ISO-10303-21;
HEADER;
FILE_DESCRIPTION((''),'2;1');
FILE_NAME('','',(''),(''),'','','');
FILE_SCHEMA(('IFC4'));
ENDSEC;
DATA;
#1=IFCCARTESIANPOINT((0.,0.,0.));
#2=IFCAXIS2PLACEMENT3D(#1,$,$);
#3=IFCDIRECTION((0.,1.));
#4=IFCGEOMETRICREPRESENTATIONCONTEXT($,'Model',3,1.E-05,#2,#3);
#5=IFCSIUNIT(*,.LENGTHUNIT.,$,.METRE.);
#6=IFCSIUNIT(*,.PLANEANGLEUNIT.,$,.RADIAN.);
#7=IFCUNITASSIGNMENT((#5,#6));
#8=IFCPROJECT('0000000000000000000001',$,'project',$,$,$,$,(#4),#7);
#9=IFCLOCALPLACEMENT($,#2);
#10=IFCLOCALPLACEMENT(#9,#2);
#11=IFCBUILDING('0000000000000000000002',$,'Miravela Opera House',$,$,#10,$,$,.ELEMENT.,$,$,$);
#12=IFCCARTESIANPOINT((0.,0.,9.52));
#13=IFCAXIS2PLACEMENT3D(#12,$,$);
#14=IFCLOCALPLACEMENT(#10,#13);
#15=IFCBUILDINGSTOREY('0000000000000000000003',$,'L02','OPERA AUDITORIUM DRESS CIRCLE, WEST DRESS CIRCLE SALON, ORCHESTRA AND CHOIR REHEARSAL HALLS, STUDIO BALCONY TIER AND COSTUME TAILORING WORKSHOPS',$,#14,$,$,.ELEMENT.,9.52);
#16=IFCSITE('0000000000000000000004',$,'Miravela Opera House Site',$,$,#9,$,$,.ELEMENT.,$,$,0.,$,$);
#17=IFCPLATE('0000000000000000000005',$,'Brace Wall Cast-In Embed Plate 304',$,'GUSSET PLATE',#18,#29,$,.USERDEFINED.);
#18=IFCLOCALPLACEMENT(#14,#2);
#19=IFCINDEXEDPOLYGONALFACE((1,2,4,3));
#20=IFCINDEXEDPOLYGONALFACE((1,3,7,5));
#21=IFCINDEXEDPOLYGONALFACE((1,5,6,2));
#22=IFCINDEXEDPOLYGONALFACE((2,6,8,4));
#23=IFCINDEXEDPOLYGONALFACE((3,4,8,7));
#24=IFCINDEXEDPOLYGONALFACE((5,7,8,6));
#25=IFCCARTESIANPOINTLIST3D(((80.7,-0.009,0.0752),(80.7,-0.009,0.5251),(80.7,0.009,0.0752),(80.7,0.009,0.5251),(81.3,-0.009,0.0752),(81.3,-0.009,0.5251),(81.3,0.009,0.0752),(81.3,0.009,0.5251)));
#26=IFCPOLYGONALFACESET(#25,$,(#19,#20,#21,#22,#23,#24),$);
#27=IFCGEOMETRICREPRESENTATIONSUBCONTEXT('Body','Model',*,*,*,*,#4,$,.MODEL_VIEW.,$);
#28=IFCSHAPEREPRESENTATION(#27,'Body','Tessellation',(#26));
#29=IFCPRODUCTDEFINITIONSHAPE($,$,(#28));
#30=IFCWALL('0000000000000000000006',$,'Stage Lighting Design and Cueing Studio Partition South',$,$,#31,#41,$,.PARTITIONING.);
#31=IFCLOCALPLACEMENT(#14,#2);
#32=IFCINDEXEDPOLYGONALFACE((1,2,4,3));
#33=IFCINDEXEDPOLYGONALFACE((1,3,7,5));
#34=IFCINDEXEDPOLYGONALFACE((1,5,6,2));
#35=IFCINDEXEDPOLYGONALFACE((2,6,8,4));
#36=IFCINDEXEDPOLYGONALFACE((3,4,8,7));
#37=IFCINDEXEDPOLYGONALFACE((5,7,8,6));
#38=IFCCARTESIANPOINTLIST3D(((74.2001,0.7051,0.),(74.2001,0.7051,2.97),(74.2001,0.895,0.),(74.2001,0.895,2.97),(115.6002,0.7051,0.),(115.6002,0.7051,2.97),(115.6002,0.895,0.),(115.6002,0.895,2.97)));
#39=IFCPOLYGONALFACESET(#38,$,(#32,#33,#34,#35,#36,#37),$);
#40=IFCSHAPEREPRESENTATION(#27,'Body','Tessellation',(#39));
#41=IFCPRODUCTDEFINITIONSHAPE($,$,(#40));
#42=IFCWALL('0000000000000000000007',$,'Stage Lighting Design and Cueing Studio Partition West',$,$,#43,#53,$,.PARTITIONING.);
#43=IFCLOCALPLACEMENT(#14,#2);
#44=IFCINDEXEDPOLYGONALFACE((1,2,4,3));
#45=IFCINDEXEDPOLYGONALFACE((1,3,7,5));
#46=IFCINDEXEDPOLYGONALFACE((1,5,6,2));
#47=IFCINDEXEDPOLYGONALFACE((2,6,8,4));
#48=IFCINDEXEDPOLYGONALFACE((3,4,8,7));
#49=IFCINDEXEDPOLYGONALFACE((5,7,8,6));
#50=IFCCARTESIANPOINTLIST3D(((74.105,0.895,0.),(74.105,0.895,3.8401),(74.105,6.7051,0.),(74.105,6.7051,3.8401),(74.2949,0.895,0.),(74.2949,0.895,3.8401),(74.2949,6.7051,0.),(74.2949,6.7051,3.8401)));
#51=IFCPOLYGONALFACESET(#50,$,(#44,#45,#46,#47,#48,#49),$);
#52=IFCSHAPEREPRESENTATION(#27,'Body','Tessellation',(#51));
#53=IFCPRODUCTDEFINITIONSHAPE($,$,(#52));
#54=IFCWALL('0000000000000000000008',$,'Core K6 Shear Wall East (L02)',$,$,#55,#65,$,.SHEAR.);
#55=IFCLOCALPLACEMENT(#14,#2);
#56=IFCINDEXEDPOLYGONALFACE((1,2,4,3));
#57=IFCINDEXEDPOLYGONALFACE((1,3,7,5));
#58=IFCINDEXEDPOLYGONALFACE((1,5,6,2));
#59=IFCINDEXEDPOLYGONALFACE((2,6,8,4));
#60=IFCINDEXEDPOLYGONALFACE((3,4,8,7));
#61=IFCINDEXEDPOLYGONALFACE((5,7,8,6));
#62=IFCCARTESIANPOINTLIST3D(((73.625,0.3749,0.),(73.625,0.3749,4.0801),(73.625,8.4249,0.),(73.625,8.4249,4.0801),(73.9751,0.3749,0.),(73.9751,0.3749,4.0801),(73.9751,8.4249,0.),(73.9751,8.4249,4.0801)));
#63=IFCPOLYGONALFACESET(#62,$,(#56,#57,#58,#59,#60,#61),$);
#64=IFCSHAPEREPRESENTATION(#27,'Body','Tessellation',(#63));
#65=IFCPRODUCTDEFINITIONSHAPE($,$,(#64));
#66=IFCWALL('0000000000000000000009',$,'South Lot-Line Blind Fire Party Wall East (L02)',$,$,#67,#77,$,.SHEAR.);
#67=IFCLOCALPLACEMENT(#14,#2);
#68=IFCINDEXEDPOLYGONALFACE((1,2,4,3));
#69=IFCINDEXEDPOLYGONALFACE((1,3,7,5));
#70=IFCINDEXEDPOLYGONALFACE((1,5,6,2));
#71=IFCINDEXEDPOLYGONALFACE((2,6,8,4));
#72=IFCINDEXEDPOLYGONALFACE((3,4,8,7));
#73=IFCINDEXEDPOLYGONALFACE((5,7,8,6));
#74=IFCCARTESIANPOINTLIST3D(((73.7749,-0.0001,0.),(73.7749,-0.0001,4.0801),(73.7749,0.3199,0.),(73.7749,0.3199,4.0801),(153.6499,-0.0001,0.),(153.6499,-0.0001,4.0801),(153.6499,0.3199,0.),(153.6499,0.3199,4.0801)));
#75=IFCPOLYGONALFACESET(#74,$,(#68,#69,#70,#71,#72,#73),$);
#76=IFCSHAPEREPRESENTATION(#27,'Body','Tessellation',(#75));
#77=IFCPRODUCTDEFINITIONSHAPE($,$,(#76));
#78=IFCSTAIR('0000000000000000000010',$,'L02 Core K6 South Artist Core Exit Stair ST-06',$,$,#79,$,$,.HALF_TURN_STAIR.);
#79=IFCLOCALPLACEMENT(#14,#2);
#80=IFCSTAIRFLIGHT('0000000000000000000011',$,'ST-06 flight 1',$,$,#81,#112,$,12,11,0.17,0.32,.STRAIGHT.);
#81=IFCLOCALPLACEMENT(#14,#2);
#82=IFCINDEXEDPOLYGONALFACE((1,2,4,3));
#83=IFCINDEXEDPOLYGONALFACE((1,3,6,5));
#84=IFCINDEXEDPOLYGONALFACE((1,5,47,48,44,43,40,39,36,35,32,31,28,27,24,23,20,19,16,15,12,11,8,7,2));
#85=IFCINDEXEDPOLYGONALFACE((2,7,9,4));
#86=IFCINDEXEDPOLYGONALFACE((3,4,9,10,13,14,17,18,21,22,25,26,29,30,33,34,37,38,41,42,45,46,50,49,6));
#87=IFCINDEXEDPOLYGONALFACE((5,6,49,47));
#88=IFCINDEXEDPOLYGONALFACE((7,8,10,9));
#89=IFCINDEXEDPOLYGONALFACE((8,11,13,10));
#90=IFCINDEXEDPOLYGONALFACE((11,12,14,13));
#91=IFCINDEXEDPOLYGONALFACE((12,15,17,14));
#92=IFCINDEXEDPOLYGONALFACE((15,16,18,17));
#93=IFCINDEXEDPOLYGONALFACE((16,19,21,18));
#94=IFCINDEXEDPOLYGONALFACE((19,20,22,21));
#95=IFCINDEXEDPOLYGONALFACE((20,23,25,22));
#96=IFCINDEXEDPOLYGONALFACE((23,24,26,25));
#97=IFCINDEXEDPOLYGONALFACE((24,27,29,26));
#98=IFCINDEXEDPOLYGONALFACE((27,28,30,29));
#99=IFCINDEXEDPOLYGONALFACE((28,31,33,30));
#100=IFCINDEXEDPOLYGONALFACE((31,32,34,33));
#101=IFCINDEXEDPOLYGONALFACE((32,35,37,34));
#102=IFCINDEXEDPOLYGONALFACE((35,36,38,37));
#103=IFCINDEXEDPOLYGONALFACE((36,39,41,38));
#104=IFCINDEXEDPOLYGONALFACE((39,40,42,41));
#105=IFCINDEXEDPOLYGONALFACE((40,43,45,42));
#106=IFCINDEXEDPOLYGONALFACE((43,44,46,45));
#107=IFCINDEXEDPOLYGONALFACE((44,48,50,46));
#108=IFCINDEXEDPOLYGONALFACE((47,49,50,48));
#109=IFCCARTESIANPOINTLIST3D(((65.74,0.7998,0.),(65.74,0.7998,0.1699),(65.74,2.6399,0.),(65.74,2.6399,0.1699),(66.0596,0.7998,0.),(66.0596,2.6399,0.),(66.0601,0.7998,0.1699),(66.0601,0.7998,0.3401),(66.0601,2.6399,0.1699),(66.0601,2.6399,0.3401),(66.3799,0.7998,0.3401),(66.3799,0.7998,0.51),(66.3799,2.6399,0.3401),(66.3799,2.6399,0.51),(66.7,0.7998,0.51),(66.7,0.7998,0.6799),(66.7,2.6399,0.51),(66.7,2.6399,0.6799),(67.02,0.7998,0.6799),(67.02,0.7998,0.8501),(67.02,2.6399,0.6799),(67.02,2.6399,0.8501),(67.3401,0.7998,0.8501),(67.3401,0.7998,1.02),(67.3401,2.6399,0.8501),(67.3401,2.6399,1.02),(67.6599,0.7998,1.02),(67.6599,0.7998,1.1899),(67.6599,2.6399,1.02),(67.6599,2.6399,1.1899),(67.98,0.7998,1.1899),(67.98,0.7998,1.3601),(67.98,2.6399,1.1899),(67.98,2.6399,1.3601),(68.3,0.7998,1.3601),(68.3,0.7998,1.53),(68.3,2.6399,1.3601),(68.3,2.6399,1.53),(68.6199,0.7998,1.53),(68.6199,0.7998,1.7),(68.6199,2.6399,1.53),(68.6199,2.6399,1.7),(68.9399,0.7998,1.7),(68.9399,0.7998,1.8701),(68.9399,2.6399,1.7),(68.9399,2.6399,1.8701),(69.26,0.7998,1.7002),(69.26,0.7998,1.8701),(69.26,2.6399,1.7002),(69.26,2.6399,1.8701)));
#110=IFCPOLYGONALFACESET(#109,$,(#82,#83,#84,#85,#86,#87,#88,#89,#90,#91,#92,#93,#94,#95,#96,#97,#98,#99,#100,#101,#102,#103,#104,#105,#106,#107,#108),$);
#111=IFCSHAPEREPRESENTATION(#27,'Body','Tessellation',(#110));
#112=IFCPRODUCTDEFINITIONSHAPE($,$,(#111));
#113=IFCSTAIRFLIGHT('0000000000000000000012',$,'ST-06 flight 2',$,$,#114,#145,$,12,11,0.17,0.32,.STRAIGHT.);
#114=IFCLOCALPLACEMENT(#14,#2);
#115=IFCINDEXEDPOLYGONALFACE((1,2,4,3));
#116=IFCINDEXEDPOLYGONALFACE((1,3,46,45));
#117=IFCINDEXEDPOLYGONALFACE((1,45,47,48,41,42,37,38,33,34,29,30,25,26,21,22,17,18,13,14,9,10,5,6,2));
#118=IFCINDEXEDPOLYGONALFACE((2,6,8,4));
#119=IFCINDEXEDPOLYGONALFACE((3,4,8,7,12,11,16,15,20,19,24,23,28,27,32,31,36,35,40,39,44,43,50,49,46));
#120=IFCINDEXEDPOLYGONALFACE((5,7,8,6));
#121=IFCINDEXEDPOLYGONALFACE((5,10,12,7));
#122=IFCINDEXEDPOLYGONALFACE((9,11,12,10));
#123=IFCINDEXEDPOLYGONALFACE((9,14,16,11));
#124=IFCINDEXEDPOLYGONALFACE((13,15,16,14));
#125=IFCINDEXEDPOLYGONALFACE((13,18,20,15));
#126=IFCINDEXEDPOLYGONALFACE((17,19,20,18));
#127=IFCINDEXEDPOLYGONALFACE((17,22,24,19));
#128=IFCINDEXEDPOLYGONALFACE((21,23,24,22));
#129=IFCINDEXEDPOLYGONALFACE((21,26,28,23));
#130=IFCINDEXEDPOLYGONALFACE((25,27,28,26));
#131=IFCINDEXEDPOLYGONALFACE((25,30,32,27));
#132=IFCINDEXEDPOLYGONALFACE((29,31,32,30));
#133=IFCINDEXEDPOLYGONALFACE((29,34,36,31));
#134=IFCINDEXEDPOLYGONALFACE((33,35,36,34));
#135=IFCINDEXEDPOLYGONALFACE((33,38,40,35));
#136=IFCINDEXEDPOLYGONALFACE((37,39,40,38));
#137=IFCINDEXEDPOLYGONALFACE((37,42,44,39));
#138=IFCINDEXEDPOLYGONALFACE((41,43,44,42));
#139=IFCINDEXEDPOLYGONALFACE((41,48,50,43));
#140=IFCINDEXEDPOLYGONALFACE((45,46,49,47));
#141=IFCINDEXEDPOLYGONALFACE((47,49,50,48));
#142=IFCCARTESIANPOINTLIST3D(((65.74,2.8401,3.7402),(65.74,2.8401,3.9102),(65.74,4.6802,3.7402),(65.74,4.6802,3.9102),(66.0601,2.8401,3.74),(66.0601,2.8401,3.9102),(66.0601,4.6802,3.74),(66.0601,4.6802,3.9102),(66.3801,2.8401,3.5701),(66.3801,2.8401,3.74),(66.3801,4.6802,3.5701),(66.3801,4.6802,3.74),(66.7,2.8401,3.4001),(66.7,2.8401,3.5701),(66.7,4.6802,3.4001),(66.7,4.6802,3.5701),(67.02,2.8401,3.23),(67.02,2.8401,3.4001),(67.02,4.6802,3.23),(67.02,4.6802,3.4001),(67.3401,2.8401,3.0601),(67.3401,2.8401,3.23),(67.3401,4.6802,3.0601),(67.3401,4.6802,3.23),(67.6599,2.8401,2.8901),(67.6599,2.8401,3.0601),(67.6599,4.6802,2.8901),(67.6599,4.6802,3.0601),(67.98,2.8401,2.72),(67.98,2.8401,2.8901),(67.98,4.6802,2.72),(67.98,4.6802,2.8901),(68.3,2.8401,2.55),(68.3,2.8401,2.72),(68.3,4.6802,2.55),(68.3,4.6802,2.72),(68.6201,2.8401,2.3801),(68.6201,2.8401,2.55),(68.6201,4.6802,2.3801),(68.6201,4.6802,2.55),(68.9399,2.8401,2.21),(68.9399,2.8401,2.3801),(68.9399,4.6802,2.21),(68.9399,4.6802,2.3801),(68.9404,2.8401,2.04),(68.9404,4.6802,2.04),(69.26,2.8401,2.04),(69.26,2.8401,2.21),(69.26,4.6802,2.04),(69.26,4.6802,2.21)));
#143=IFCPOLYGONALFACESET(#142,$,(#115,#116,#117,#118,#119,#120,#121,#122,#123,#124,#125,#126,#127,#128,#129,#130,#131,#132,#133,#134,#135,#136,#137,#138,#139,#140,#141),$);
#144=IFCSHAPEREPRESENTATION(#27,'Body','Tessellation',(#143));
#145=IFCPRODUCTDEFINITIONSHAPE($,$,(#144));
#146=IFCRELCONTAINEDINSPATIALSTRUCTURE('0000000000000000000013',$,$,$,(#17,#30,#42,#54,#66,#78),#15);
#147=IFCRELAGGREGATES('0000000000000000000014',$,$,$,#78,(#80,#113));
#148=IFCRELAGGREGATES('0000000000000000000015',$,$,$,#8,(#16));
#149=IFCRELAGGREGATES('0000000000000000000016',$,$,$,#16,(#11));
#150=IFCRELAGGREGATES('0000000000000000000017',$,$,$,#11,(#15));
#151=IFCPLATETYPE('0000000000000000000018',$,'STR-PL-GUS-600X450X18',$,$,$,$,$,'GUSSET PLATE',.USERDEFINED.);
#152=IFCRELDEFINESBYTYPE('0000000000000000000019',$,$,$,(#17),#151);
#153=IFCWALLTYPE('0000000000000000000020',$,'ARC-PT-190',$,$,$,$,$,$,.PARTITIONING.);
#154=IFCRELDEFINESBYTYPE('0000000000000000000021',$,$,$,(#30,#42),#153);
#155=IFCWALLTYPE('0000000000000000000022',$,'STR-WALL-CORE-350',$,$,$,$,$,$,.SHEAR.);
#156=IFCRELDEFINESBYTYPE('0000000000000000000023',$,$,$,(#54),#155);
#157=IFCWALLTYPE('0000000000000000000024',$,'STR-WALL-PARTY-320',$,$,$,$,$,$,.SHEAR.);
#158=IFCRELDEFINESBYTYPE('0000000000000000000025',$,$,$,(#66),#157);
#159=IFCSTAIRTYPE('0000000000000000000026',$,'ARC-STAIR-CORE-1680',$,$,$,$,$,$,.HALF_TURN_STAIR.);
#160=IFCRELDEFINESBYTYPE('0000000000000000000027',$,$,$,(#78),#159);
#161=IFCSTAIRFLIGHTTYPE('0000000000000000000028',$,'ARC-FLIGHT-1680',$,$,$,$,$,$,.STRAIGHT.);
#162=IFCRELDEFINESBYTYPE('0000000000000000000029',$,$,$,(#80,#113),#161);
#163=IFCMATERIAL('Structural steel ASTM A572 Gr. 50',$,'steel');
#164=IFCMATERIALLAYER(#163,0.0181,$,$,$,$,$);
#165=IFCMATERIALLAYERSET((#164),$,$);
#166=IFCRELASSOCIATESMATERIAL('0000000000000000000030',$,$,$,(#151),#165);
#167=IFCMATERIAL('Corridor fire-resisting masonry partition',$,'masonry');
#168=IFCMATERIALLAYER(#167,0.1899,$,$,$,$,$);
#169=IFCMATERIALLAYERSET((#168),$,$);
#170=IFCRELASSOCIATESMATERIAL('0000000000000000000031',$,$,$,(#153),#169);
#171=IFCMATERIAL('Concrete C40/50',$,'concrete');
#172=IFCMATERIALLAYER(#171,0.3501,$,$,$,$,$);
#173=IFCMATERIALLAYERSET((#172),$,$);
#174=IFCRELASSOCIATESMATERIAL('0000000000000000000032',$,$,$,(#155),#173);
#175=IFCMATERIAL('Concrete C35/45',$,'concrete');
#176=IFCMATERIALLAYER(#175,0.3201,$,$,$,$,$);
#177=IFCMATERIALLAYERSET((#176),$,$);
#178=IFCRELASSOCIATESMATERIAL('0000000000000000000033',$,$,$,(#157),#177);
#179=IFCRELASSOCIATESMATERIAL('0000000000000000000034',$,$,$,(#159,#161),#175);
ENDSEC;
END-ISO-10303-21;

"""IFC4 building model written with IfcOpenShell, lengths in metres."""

from ifc_helpers import new_model, si_unit, direction, frame, frame_2d, origin, origin_2d, place, context, subcontext, project, spatial, polyline, rectangle, outline, extrude, material, layer, layer_set, type_object, element, aggregate, save


model = new_model("IFC4")

# Units and contexts
model_context = context("Model", 3, precision=1e-05, world=origin(), true_north=direction((0.0, 1.0)))
body_context = subcontext(model_context, "Body", "Model", "MODEL_VIEW")
ifc_project = project(units=[si_unit("LENGTHUNIT", "METRE"), si_unit("PLANEANGLEUNIT", "RADIAN")], contexts=[model_context])

# Site, building, storey
site_placement = place(None, origin())
site = spatial("IfcSite", under=ifc_project, at=site_placement, Name="Miravela Opera House Site", CompositionType="ELEMENT", RefElevation=0.0)
building_placement = place(site_placement, origin())
building = spatial("IfcBuilding", under=site, at=building_placement, Name="Miravela Opera House", CompositionType="ELEMENT")
storey_placement = place(building_placement, frame((0.0, 0.0, 9.52)))
storey = spatial("IfcBuildingStorey", under=building, at=storey_placement, Name="L02", Description="OPERA AUDITORIUM DRESS CIRCLE, WEST DRESS CIRCLE SALON, ORCHESTRA AND CHOIR REHEARSAL HALLS, STUDIO BALCONY TIER AND COSTUME TAILORING WORKSHOPS", CompositionType="ELEMENT", Elevation=9.52)

# Shared definitions
ifc_material_1 = material(Name="Concrete C35/45", Category="concrete")

# Shared definitions
ifc_material_2 = material(Name="Concrete C40/50", Category="concrete")

# Plate
ifc_material_3 = material(Name="Structural steel ASTM A572 Gr. 50", Category="steel")
ifc_layer_1 = layer(ifc_material_3, 0.0181)
ifc_layer_set_1 = layer_set([ifc_layer_1])
plate_type = type_object("IfcPlateType", Name="STR-PL-GUS-600X450X18", ElementType="GUSSET PLATE", PredefinedType="USERDEFINED", material=ifc_layer_set_1)
plate_placement = place(storey_placement, frame((81.0, 0.0, 0.0752), z_axis=(0.0, 0.0, 1.0), x_axis=(1.0, 0.0, 0.0)))
element("IfcPlate", 1, at=plate_placement, inside=storey, type_object=plate_type, Name="Brace Wall Cast-In Embed Plate 304", ObjectType="GUSSET PLATE", PredefinedType="USERDEFINED", context=body_context, shape_type="SweptSolid", body=[
    extrude(rectangle(XDim=0.6001, YDim=0.0181, at=origin_2d()), origin(), (0.0, 0.0, 1.0), 0.45),
])

# Walls
ifc_material_4 = material(Name="Corridor fire-resisting masonry partition", Category="masonry")
ifc_layer_2 = layer(ifc_material_4, 0.1899)
ifc_layer_set_2 = layer_set([ifc_layer_2])
wall_type_1 = type_object("IfcWallType", Name="ARC-PT-190", PredefinedType="PARTITIONING", material=ifc_layer_set_2)
wall_1_placement = place(storey_placement, frame((74.2, 0.8, 0.0), z_axis=(0.0, 0.0, 1.0), x_axis=(1.0, 0.0, 0.0)))
element("IfcWall", 2, at=wall_1_placement, inside=storey, type_object=wall_type_1, Name="Stage Lighting Design and Cueing Studio Partition South", PredefinedType="PARTITIONING", context=body_context, shape_type="SweptSolid", body=[
    extrude(rectangle(XDim=41.4001, YDim=0.1899, at=frame_2d((20.7002, 0.0))), origin(), (0.0, 0.0, 1.0), 2.97),
])
wall_2_placement = place(storey_placement, frame((74.2, 0.895, 0.0), z_axis=(0.0, 0.0, 1.0), x_axis=(0.0, 1.0, 0.0)))
element("IfcWall", 3, at=wall_2_placement, inside=storey, type_object=wall_type_1, Name="Stage Lighting Design and Cueing Studio Partition West", PredefinedType="PARTITIONING", context=body_context, shape_type="SweptSolid", body=[
    extrude(rectangle(XDim=5.8101, YDim=0.1899, at=frame_2d((2.905, 0.0))), origin(), (0.0, 0.0, 1.0), 3.8401),
])
ifc_layer_3 = layer(ifc_material_2, 0.3501)
ifc_layer_set_3 = layer_set([ifc_layer_3])
wall_type_2 = type_object("IfcWallType", Name="STR-WALL-CORE-350", PredefinedType="SHEAR", material=ifc_layer_set_3)
wall_3_placement = place(storey_placement, frame((73.8, 0.375, 0.0), z_axis=(0.0, 0.0, 1.0), x_axis=(0.0, 1.0, 0.0)))
element("IfcWall", 4, at=wall_3_placement, inside=storey, type_object=wall_type_2, Name="Core K6 Shear Wall East (L02)", PredefinedType="SHEAR", context=body_context, shape_type="SweptSolid", body=[
    extrude(rectangle(XDim=8.05, YDim=0.3501, at=frame_2d((4.0249, 0.0))), origin(), (0.0, 0.0, 1.0), 4.0801),
])
ifc_layer_4 = layer(ifc_material_1, 0.3201)
ifc_layer_set_4 = layer_set([ifc_layer_4])
wall_type_3 = type_object("IfcWallType", Name="STR-WALL-PARTY-320", PredefinedType="SHEAR", material=ifc_layer_set_4)
wall_4_placement = place(storey_placement, frame((73.7749, 0.1599, 0.0), z_axis=(0.0, 0.0, 1.0), x_axis=(1.0, 0.0, 0.0)))
element("IfcWall", 5, at=wall_4_placement, inside=storey, type_object=wall_type_3, Name="South Lot-Line Blind Fire Party Wall East (L02)", PredefinedType="SHEAR", context=body_context, shape_type="SweptSolid", body=[
    extrude(rectangle(XDim=79.875, YDim=0.3201, at=frame_2d((39.9375, 0.0))), origin(), (0.0, 0.0, 1.0), 4.0801),
])

# Stair, stair flights
stair_type = type_object("IfcStairType", Name="ARC-STAIR-CORE-1680", PredefinedType="HALF_TURN_STAIR", material=ifc_material_1)
stair_placement = place(storey_placement, origin())
stair = element("IfcStair", 6, at=stair_placement, inside=storey, type_object=stair_type, Name="L02 Core K6 South Artist Core Exit Stair ST-06", PredefinedType="HALF_TURN_STAIR")
stair_flight_type = type_object("IfcStairFlightType", Name="ARC-FLIGHT-1680", PredefinedType="STRAIGHT", material=ifc_material_1)
stair_flight_1_placement = place(storey_placement, frame((65.74, 1.72, 0.0), z_axis=(0.0, 0.0, 1.0), x_axis=(1.0, 0.0, 0.0)))
stair_flight_1 = element("IfcStairFlight", 7, at=stair_flight_1_placement, type_object=stair_flight_type, Name="ST-06 flight 1", NumberOfRisers=12, NumberOfTreads=11, PredefinedType="STRAIGHT", RiserHeight=0.17, TreadLength=0.32, context=body_context, shape_type="SweptSolid", body=[
    extrude(outline(polyline([(0.0, 0.0), (0.0, 0.1699), (0.3201, 0.1699), (0.3201, 0.3401), (0.6399, 0.3401), (0.6399, 0.51), (0.96, 0.51), (0.96, 0.6799), (1.28, 0.6799), (1.28, 0.8501), (1.6001, 0.8501), (1.6001, 1.02), (1.9199, 1.02), (1.9199, 1.1899), (2.24, 1.1899), (2.24, 1.3601), (2.5601, 1.3601), (2.5601, 1.53), (2.8799, 1.53), (2.8799, 1.7), (3.2, 1.7), (3.2, 1.8701), (3.52, 1.8701), (3.52, 2.04), (3.52, 1.7002), (0.3196, 0.0), (0.0, 0.0)])), frame((0.0, 0.9199, 0.0), z_axis=(0.0, -1.0, 0.0), x_axis=(1.0, 0.0, 0.0)), (0.0, 0.0, 1.0), 1.8401),
])
stair_flight_2_placement = place(storey_placement, frame((69.26, 3.76, 2.04), z_axis=(0.0, 0.0, 1.0), x_axis=(-1.0, 0.0, 0.0)))
stair_flight_2 = element("IfcStairFlight", 8, at=stair_flight_2_placement, type_object=stair_flight_type, Name="ST-06 flight 2", NumberOfRisers=12, NumberOfTreads=11, PredefinedType="STRAIGHT", RiserHeight=0.17, TreadLength=0.32, context=body_context, shape_type="SweptSolid", body=[
    extrude(outline(polyline([(0.0, 0.0), (0.0, 0.1699), (0.3201, 0.1699), (0.3201, 0.3401), (0.6399, 0.3401), (0.6399, 0.51), (0.96, 0.51), (0.96, 0.6799), (1.28, 0.6799), (1.28, 0.8501), (1.6001, 0.8501), (1.6001, 1.02), (1.9199, 1.02), (1.9199, 1.1899), (2.24, 1.1899), (2.24, 1.3601), (2.5601, 1.3601), (2.5601, 1.53), (2.8799, 1.53), (2.8799, 1.7), (3.2, 1.7), (3.2, 1.8701), (3.52, 1.8701), (3.52, 2.04), (3.52, 1.7002), (0.3196, 0.0), (0.0, 0.0)])), frame((0.0, 0.9199, 0.0), z_axis=(0.0, -1.0, 0.0), x_axis=(1.0, 0.0, 0.0)), (0.0, 0.0, 1.0), 1.8401),
])
aggregate(stair, [stair_flight_1, stair_flight_2])

save(model, "model.ifc")
